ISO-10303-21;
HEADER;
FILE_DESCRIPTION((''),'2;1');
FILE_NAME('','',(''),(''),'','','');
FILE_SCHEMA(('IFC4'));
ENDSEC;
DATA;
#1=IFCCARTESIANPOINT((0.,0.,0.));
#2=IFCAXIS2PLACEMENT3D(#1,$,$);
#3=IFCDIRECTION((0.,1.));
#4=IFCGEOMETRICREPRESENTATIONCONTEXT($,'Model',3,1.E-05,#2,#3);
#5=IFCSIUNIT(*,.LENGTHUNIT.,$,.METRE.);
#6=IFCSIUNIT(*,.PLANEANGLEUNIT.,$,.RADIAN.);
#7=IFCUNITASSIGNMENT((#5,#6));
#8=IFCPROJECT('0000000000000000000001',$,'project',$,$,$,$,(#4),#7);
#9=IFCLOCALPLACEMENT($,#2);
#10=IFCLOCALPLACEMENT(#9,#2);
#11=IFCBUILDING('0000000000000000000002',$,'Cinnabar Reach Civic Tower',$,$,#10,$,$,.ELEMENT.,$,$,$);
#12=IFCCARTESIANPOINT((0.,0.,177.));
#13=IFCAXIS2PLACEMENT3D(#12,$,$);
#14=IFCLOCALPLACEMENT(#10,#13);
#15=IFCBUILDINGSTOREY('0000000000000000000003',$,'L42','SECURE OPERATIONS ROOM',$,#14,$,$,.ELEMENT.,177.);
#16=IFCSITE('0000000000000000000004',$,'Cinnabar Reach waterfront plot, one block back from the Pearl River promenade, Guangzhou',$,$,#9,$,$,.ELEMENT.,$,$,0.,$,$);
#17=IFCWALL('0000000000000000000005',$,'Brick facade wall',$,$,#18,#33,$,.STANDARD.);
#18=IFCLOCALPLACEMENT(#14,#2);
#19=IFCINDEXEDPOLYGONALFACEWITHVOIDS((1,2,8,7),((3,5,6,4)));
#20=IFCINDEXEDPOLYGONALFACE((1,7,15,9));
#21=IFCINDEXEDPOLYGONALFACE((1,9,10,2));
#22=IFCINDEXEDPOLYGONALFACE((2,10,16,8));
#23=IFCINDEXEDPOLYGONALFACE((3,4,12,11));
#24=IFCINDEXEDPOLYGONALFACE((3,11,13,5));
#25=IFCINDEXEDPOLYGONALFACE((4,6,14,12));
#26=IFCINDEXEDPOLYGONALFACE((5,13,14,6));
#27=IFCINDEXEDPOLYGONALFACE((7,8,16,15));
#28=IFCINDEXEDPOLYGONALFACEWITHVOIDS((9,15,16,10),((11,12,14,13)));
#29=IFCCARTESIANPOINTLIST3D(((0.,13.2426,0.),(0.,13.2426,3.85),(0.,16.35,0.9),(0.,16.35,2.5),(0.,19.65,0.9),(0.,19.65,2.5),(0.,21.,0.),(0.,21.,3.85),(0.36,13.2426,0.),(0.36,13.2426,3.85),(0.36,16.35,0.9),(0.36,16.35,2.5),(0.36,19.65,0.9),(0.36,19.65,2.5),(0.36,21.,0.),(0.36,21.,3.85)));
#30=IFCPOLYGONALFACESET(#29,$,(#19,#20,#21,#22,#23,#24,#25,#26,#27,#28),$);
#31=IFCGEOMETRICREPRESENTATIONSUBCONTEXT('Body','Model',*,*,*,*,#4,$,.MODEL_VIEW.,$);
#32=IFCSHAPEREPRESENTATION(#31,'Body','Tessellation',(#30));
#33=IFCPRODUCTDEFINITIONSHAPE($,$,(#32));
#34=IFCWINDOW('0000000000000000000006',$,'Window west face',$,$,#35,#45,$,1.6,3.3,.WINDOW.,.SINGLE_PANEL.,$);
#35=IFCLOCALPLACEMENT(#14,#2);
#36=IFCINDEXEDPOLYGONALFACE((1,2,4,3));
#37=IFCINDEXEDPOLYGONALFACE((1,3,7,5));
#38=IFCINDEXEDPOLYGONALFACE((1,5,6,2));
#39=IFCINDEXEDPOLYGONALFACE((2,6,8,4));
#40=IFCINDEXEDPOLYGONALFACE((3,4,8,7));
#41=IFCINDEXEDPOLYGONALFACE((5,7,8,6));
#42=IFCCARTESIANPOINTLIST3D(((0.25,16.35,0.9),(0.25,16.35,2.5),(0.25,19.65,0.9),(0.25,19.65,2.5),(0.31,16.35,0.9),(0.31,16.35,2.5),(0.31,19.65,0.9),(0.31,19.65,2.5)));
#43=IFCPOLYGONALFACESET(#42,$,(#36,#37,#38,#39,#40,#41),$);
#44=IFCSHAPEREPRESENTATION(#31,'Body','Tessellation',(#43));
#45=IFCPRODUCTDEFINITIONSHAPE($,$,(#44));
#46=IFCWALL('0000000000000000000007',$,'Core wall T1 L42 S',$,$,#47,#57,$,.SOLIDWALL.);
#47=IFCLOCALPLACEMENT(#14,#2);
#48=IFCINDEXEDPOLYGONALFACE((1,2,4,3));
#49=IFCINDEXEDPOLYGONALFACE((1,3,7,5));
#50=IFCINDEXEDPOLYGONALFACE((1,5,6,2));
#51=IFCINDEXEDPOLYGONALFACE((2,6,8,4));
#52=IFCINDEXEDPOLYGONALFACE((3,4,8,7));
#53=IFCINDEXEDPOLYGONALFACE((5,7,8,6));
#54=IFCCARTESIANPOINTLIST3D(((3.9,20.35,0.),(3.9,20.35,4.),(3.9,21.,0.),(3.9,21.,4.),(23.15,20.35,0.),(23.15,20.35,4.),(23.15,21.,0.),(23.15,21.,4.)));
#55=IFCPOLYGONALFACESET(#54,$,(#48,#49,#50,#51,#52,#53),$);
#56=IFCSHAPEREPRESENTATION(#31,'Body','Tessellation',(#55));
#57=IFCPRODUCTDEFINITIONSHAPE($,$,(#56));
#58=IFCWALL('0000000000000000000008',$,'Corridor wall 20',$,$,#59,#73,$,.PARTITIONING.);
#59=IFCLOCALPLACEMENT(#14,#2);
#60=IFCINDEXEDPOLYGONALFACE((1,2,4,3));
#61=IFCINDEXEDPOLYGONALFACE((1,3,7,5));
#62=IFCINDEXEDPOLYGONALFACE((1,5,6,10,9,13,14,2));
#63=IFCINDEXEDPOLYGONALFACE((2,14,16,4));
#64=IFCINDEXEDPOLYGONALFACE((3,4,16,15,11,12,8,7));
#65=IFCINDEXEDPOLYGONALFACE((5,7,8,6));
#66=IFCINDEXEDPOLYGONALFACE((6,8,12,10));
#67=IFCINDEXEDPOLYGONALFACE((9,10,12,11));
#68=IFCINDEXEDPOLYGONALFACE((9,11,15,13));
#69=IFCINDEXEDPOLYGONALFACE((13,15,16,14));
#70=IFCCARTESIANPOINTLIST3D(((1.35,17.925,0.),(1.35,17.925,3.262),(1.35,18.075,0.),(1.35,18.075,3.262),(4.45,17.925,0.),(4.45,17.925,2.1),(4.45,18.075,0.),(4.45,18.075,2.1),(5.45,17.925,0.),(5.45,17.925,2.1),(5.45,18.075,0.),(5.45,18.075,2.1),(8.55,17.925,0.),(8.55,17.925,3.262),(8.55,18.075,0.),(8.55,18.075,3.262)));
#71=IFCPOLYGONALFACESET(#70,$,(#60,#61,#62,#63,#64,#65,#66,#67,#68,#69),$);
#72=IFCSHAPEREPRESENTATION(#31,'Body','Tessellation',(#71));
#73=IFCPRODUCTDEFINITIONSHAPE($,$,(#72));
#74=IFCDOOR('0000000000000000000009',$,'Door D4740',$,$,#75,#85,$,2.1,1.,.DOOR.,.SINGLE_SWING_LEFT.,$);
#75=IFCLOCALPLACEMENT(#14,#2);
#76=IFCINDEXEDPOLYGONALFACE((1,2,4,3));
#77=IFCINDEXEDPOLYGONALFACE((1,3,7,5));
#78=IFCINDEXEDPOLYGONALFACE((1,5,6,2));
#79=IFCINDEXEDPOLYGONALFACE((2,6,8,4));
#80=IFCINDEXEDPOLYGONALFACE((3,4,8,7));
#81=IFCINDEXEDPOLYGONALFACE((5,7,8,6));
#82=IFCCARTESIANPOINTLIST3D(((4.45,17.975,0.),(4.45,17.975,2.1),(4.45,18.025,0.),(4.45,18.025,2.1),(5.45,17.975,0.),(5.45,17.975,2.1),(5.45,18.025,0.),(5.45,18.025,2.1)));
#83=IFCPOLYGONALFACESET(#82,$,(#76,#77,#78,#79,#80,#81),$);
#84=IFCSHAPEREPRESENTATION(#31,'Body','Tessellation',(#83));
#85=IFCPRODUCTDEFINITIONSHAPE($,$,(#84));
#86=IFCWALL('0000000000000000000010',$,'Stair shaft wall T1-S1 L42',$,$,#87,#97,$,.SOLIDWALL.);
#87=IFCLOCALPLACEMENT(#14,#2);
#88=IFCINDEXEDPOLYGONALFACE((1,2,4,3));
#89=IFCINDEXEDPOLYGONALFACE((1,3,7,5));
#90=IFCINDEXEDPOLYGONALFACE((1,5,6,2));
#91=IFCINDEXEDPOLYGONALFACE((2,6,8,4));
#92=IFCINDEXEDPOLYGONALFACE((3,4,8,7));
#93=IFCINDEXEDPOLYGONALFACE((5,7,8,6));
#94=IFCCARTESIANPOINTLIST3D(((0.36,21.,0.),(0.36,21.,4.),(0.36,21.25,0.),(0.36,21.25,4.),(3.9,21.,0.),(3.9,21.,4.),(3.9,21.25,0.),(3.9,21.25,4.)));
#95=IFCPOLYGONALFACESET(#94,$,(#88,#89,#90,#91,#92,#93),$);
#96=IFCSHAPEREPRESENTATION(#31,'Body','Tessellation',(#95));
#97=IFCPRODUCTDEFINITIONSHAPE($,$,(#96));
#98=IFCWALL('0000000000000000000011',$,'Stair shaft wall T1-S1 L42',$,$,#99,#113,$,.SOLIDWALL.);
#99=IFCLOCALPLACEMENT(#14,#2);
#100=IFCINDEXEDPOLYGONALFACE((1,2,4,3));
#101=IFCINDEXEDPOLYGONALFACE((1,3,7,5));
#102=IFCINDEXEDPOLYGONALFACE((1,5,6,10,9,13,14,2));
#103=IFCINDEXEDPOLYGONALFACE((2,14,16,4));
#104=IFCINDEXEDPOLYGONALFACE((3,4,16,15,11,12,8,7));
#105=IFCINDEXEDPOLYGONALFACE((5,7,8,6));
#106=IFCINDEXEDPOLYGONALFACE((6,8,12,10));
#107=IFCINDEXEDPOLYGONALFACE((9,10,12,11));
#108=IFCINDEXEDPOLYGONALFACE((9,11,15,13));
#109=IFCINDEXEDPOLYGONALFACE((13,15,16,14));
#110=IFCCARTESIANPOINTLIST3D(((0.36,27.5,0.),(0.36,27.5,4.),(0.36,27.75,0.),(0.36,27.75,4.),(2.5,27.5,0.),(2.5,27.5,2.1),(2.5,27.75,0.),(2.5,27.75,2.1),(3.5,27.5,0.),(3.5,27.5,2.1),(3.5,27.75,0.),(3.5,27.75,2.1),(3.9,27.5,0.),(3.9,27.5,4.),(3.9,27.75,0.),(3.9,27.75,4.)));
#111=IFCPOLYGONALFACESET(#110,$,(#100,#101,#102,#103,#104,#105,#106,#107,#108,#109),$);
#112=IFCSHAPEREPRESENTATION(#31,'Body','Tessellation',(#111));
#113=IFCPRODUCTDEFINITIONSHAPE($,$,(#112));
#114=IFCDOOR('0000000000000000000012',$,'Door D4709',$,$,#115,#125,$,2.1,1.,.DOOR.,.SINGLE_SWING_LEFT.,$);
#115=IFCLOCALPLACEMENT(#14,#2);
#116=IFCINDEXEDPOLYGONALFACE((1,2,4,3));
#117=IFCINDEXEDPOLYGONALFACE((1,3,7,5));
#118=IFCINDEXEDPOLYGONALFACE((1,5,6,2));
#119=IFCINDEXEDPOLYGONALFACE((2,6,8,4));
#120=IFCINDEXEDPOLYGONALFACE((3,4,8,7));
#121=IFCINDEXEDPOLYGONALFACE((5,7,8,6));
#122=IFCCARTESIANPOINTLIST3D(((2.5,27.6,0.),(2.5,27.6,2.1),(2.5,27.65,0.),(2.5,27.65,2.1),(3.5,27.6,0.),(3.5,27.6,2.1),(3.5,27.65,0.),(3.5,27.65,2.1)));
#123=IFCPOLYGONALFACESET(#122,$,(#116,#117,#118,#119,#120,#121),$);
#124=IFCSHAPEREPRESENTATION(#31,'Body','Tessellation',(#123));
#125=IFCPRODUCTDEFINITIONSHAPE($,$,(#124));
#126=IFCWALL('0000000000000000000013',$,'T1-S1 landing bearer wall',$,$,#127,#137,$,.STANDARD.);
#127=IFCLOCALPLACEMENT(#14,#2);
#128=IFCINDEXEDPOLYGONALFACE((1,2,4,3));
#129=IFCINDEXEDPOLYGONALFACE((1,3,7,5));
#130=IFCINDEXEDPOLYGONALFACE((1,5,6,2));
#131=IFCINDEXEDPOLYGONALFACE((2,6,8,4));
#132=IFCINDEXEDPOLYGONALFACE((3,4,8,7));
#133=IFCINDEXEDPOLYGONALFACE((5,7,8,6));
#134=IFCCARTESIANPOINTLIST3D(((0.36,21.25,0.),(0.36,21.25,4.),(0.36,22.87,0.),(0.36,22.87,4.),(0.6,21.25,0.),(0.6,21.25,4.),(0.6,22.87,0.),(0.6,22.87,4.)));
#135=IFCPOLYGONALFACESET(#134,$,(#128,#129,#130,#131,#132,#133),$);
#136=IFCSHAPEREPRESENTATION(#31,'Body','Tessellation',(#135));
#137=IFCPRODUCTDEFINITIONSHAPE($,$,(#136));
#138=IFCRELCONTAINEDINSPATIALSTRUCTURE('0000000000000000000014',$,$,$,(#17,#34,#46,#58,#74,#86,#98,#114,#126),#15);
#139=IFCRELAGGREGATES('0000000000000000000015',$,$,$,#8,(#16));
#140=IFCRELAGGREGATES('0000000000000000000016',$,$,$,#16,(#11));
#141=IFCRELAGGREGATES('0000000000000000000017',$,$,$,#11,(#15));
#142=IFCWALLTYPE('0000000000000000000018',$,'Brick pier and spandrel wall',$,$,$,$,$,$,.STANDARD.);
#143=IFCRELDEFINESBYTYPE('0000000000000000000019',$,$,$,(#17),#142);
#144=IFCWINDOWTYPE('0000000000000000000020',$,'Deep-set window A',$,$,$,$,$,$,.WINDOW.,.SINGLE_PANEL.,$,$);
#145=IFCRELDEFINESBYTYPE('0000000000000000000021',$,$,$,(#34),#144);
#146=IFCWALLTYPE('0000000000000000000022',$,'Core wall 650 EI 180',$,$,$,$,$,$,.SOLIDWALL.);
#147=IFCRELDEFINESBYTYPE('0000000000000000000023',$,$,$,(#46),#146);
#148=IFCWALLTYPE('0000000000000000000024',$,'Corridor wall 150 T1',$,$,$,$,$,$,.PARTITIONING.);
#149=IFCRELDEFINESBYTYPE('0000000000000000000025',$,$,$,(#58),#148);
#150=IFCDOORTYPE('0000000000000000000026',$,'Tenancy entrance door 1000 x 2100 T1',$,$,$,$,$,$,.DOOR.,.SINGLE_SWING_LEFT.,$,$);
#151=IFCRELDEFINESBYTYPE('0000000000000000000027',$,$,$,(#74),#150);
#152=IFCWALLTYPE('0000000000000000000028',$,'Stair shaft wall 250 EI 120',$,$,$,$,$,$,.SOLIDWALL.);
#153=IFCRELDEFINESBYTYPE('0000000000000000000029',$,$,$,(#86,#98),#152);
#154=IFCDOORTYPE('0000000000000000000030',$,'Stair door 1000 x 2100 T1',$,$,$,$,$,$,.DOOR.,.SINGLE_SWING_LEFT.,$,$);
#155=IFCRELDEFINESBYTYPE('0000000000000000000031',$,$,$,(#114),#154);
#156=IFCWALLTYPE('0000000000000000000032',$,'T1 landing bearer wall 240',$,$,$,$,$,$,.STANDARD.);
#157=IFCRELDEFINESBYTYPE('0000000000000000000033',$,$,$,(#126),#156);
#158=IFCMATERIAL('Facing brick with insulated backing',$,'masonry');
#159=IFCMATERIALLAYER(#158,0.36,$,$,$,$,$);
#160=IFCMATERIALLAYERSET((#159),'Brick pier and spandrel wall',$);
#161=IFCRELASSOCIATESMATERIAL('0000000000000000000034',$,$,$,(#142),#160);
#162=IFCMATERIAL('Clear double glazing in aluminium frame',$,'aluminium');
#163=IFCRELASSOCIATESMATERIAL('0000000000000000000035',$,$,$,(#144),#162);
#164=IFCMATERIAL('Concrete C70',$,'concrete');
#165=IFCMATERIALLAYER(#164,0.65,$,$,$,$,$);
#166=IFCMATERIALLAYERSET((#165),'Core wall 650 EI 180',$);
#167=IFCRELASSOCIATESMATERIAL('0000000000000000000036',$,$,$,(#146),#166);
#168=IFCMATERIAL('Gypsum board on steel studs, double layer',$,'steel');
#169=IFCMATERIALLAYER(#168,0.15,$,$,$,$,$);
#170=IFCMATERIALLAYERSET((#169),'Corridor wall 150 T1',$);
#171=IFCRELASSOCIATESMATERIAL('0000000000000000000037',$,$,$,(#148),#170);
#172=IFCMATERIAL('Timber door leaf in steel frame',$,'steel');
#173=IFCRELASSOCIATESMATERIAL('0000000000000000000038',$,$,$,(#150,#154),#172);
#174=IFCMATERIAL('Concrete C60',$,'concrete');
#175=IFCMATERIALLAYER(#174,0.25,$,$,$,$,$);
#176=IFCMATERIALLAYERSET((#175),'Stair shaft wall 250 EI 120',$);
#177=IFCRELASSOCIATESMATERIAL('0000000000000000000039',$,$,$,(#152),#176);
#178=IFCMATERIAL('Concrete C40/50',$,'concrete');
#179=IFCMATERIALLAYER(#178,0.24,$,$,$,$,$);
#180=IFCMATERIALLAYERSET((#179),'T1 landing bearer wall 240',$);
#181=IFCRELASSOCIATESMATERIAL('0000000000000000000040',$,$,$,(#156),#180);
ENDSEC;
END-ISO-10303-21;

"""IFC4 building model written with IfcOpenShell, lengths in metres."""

from ifc_helpers import new_model, si_unit, direction, frame, frame_2d, origin, place, context, subcontext, project, spatial, rectangle, extrude, material, layer, layer_set, type_object, element, fill, save


model = new_model("IFC4")

# Units and contexts
model_context = context("Model", 3, precision=1e-05, world=origin(), true_north=direction((0.0, 1.0)))
body_context = subcontext(model_context, "Body", "Model", "MODEL_VIEW")
ifc_project = project(units=[si_unit("LENGTHUNIT", "METRE"), si_unit("PLANEANGLEUNIT", "RADIAN")], contexts=[model_context])

# Site, building, storey
site_placement = place(None, origin())
site = spatial("IfcSite", under=ifc_project, at=site_placement, Name="Cinnabar Reach waterfront plot, one block back from the Pearl River promenade, Guangzhou", CompositionType="ELEMENT", RefElevation=0.0)
building_placement = place(site_placement, origin())
building = spatial("IfcBuilding", under=site, at=building_placement, Name="Cinnabar Reach Civic Tower", CompositionType="ELEMENT")
storey_placement = place(building_placement, frame((0.0, 0.0, 177.0)))
storey = spatial("IfcBuildingStorey", under=building, at=storey_placement, Name="L42", Description="SECURE OPERATIONS ROOM", CompositionType="ELEMENT", Elevation=177.0)

# Shared definitions
ifc_material_1 = material(Name="Concrete C70", Category="concrete")

# Shared definitions
ifc_material_2 = material(Name="Facing brick with insulated backing", Category="masonry")
ifc_layer_1 = layer(ifc_material_2, 0.36)
ifc_layer_set_1 = layer_set([ifc_layer_1], Name="Brick pier and spandrel wall")
wall_type_1 = type_object("IfcWallType", Name="Brick pier and spandrel wall", PredefinedType="STANDARD", material=ifc_layer_set_1)

# Wall, opening, window
wall_1_placement = place(storey_placement, frame((0.18, 21.0, 0.0), z_axis=(0.0, 0.0, 1.0), x_axis=(0.0, -1.0, 0.0)))
wall_1 = element("IfcWall", 1, at=wall_1_placement, inside=storey, type_object=wall_type_1, Name="Brick facade wall", PredefinedType="STANDARD", context=body_context, shape_type="SweptSolid", body=[
    extrude(rectangle(XDim=7.7574, YDim=0.36, at=frame_2d((3.8787, 0.0))), origin(), (0.0, 0.0, 1.0), 3.85),
])
opening_1_placement = place(wall_1_placement, frame((1.35, 0.0, 0.9)))
opening_1 = element("IfcOpeningElement", 2, at=opening_1_placement, cuts=wall_1, PredefinedType="OPENING", context=body_context, shape_type="SweptSolid", body=[
    extrude(rectangle(XDim=3.3, YDim=1.6, at=frame_2d((1.65, 0.8))), frame((0.0, 0.19, 0.0), z_axis=(0.0, -1.0, 0.0), x_axis=(1.0, 0.0, 0.0)), (0.0, 0.0, 1.0), 0.38),
])
ifc_material_3 = material(Name="Clear double glazing in aluminium frame", Category="aluminium")
window_type = type_object("IfcWindowType", Name="Deep-set window A", PartitioningType="SINGLE_PANEL", PredefinedType="WINDOW", material=ifc_material_3)
window_placement = place(opening_1_placement, origin())
window = element("IfcWindow", 3, at=window_placement, inside=storey, type_object=window_type, Name="Window west face", OverallHeight=1.6, OverallWidth=3.3, PartitioningType="SINGLE_PANEL", PredefinedType="WINDOW", context=body_context, shape_type="SweptSolid", body=[
    extrude(rectangle(XDim=3.3, YDim=1.6, at=frame_2d((1.65, 0.8))), frame((0.0, 0.13, 0.0), z_axis=(0.0, -1.0, 0.0), x_axis=(1.0, 0.0, 0.0)), (0.0, 0.0, 1.0), 0.06),
])
fill(opening_1, window)

# Wall
ifc_layer_2 = layer(ifc_material_1, 0.65)
ifc_layer_set_2 = layer_set([ifc_layer_2], Name="Core wall 650 EI 180")
wall_type_2 = type_object("IfcWallType", Name="Core wall 650 EI 180", PredefinedType="SOLIDWALL", material=ifc_layer_set_2)
wall_2_placement = place(storey_placement, frame((3.9, 20.675, 0.0), z_axis=(0.0, 0.0, 1.0), x_axis=(1.0, 0.0, 0.0)))
element("IfcWall", 4, at=wall_2_placement, inside=storey, type_object=wall_type_2, Name="Core wall T1 L42 S", PredefinedType="SOLIDWALL", context=body_context, shape_type="SweptSolid", body=[
    extrude(rectangle(XDim=19.25, YDim=0.65, at=frame_2d((9.625, 0.0))), origin(), (0.0, 0.0, 1.0), 4.0),
])

# Wall, opening, door
ifc_material_4 = material(Name="Gypsum board on steel studs, double layer", Category="steel")
ifc_layer_3 = layer(ifc_material_4, 0.15)
ifc_layer_set_3 = layer_set([ifc_layer_3], Name="Corridor wall 150 T1")
wall_type_3 = type_object("IfcWallType", Name="Corridor wall 150 T1", PredefinedType="PARTITIONING", material=ifc_layer_set_3)
wall_3_placement = place(storey_placement, frame((1.35, 18.0, 0.0), z_axis=(0.0, 0.0, 1.0), x_axis=(1.0, 0.0, 0.0)))
wall_3 = element("IfcWall", 5, at=wall_3_placement, inside=storey, type_object=wall_type_3, Name="Corridor wall 20", PredefinedType="PARTITIONING", context=body_context, shape_type="SweptSolid", body=[
    extrude(rectangle(XDim=7.2, YDim=0.15, at=frame_2d((3.6, 0.0))), origin(), (0.0, 0.0, 1.0), 3.262),
])
opening_2_placement = place(wall_3_placement, frame((3.1, 0.0, 0.0)))
opening_2 = element("IfcOpeningElement", 6, at=opening_2_placement, cuts=wall_3, PredefinedType="OPENING", context=body_context, shape_type="SweptSolid", body=[
    extrude(rectangle(XDim=1.0, YDim=2.1, at=frame_2d((0.5, 1.05))), frame((0.0, 0.085, 0.0), z_axis=(0.0, -1.0, 0.0), x_axis=(1.0, 0.0, 0.0)), (0.0, 0.0, 1.0), 0.17),
])
ifc_material_5 = material(Name="Timber door leaf in steel frame", Category="steel")
door_type_1 = type_object("IfcDoorType", Name="Tenancy entrance door 1000 x 2100 T1", OperationType="SINGLE_SWING_LEFT", PredefinedType="DOOR", material=ifc_material_5)
door_1_placement = place(opening_2_placement, frame((1.0, 0.0, 0.0), z_axis=(0.0, 0.0, 1.0), x_axis=(-1.0, 0.0, 0.0)))
door_1 = element("IfcDoor", 7, at=door_1_placement, inside=storey, type_object=door_type_1, Name="Door D4740", OperationType="SINGLE_SWING_LEFT", OverallHeight=2.1, OverallWidth=1.0, PredefinedType="DOOR", context=body_context, shape_type="SweptSolid", body=[
    extrude(rectangle(XDim=1.0, YDim=2.1, at=frame_2d((0.5, 1.05))), frame((0.0, 0.025, 0.0), z_axis=(0.0, -1.0, 0.0), x_axis=(1.0, 0.0, 0.0)), (0.0, 0.0, 1.0), 0.05),
])
fill(opening_2, door_1)

# Wall
ifc_material_6 = material(Name="Concrete C60", Category="concrete")
ifc_layer_4 = layer(ifc_material_6, 0.25)
ifc_layer_set_4 = layer_set([ifc_layer_4], Name="Stair shaft wall 250 EI 120")
wall_type_4 = type_object("IfcWallType", Name="Stair shaft wall 250 EI 120", PredefinedType="SOLIDWALL", material=ifc_layer_set_4)
wall_4_placement = place(storey_placement, frame((0.36, 21.125, 0.0), z_axis=(0.0, 0.0, 1.0), x_axis=(1.0, 0.0, 0.0)))
element("IfcWall", 8, at=wall_4_placement, inside=storey, type_object=wall_type_4, Name="Stair shaft wall T1-S1 L42", PredefinedType="SOLIDWALL", context=body_context, shape_type="SweptSolid", body=[
    extrude(rectangle(XDim=3.54, YDim=0.25, at=frame_2d((1.77, 0.0))), origin(), (0.0, 0.0, 1.0), 4.0),
])

# Wall, opening, door
wall_5_placement = place(storey_placement, frame((3.9, 27.625, 0.0), z_axis=(0.0, 0.0, 1.0), x_axis=(-1.0, 0.0, 0.0)))
wall_5 = element("IfcWall", 9, at=wall_5_placement, inside=storey, type_object=wall_type_4, Name="Stair shaft wall T1-S1 L42", PredefinedType="SOLIDWALL", context=body_context, shape_type="SweptSolid", body=[
    extrude(rectangle(XDim=3.54, YDim=0.25, at=frame_2d((1.77, 0.0))), origin(), (0.0, 0.0, 1.0), 4.0),
])
opening_3_placement = place(wall_5_placement, frame((0.4, 0.0, 0.0)))
opening_3 = element("IfcOpeningElement", 10, at=opening_3_placement, cuts=wall_5, PredefinedType="OPENING", context=body_context, shape_type="SweptSolid", body=[
    extrude(rectangle(XDim=1.0, YDim=2.1, at=frame_2d((0.5, 1.05))), frame((0.0, 0.135, 0.0), z_axis=(0.0, -1.0, 0.0), x_axis=(1.0, 0.0, 0.0)), (0.0, 0.0, 1.0), 0.27),
])
door_type_2 = type_object("IfcDoorType", Name="Stair door 1000 x 2100 T1", OperationType="SINGLE_SWING_LEFT", PredefinedType="DOOR", material=ifc_material_5)
door_2_placement = place(opening_3_placement, origin())
door_2 = element("IfcDoor", 11, at=door_2_placement, inside=storey, type_object=door_type_2, Name="Door D4709", OperationType="SINGLE_SWING_LEFT", OverallHeight=2.1, OverallWidth=1.0, PredefinedType="DOOR", context=body_context, shape_type="SweptSolid", body=[
    extrude(rectangle(XDim=1.0, YDim=2.1, at=frame_2d((0.5, 1.05))), frame((0.0, 0.025, 0.0), z_axis=(0.0, -1.0, 0.0), x_axis=(1.0, 0.0, 0.0)), (0.0, 0.0, 1.0), 0.05),
])
fill(opening_3, door_2)

# Wall
ifc_material_7 = material(Name="Concrete C40/50", Category="concrete")
ifc_layer_5 = layer(ifc_material_7, 0.24)
ifc_layer_set_5 = layer_set([ifc_layer_5], Name="T1 landing bearer wall 240")
wall_type_5 = type_object("IfcWallType", Name="T1 landing bearer wall 240", PredefinedType="STANDARD", material=ifc_layer_set_5)
wall_6_placement = place(storey_placement, frame((0.48, 21.25, 0.0), z_axis=(0.0, 0.0, 1.0), x_axis=(0.0, 1.0, 0.0)))
element("IfcWall", 12, at=wall_6_placement, inside=storey, type_object=wall_type_5, Name="T1-S1 landing bearer wall", PredefinedType="STANDARD", context=body_context, shape_type="SweptSolid", body=[
    extrude(rectangle(XDim=1.62, YDim=0.24, at=frame_2d((0.81, 0.0))), origin(), (0.0, 0.0, 1.0), 4.0),
])

save(model, "model.ifc")
